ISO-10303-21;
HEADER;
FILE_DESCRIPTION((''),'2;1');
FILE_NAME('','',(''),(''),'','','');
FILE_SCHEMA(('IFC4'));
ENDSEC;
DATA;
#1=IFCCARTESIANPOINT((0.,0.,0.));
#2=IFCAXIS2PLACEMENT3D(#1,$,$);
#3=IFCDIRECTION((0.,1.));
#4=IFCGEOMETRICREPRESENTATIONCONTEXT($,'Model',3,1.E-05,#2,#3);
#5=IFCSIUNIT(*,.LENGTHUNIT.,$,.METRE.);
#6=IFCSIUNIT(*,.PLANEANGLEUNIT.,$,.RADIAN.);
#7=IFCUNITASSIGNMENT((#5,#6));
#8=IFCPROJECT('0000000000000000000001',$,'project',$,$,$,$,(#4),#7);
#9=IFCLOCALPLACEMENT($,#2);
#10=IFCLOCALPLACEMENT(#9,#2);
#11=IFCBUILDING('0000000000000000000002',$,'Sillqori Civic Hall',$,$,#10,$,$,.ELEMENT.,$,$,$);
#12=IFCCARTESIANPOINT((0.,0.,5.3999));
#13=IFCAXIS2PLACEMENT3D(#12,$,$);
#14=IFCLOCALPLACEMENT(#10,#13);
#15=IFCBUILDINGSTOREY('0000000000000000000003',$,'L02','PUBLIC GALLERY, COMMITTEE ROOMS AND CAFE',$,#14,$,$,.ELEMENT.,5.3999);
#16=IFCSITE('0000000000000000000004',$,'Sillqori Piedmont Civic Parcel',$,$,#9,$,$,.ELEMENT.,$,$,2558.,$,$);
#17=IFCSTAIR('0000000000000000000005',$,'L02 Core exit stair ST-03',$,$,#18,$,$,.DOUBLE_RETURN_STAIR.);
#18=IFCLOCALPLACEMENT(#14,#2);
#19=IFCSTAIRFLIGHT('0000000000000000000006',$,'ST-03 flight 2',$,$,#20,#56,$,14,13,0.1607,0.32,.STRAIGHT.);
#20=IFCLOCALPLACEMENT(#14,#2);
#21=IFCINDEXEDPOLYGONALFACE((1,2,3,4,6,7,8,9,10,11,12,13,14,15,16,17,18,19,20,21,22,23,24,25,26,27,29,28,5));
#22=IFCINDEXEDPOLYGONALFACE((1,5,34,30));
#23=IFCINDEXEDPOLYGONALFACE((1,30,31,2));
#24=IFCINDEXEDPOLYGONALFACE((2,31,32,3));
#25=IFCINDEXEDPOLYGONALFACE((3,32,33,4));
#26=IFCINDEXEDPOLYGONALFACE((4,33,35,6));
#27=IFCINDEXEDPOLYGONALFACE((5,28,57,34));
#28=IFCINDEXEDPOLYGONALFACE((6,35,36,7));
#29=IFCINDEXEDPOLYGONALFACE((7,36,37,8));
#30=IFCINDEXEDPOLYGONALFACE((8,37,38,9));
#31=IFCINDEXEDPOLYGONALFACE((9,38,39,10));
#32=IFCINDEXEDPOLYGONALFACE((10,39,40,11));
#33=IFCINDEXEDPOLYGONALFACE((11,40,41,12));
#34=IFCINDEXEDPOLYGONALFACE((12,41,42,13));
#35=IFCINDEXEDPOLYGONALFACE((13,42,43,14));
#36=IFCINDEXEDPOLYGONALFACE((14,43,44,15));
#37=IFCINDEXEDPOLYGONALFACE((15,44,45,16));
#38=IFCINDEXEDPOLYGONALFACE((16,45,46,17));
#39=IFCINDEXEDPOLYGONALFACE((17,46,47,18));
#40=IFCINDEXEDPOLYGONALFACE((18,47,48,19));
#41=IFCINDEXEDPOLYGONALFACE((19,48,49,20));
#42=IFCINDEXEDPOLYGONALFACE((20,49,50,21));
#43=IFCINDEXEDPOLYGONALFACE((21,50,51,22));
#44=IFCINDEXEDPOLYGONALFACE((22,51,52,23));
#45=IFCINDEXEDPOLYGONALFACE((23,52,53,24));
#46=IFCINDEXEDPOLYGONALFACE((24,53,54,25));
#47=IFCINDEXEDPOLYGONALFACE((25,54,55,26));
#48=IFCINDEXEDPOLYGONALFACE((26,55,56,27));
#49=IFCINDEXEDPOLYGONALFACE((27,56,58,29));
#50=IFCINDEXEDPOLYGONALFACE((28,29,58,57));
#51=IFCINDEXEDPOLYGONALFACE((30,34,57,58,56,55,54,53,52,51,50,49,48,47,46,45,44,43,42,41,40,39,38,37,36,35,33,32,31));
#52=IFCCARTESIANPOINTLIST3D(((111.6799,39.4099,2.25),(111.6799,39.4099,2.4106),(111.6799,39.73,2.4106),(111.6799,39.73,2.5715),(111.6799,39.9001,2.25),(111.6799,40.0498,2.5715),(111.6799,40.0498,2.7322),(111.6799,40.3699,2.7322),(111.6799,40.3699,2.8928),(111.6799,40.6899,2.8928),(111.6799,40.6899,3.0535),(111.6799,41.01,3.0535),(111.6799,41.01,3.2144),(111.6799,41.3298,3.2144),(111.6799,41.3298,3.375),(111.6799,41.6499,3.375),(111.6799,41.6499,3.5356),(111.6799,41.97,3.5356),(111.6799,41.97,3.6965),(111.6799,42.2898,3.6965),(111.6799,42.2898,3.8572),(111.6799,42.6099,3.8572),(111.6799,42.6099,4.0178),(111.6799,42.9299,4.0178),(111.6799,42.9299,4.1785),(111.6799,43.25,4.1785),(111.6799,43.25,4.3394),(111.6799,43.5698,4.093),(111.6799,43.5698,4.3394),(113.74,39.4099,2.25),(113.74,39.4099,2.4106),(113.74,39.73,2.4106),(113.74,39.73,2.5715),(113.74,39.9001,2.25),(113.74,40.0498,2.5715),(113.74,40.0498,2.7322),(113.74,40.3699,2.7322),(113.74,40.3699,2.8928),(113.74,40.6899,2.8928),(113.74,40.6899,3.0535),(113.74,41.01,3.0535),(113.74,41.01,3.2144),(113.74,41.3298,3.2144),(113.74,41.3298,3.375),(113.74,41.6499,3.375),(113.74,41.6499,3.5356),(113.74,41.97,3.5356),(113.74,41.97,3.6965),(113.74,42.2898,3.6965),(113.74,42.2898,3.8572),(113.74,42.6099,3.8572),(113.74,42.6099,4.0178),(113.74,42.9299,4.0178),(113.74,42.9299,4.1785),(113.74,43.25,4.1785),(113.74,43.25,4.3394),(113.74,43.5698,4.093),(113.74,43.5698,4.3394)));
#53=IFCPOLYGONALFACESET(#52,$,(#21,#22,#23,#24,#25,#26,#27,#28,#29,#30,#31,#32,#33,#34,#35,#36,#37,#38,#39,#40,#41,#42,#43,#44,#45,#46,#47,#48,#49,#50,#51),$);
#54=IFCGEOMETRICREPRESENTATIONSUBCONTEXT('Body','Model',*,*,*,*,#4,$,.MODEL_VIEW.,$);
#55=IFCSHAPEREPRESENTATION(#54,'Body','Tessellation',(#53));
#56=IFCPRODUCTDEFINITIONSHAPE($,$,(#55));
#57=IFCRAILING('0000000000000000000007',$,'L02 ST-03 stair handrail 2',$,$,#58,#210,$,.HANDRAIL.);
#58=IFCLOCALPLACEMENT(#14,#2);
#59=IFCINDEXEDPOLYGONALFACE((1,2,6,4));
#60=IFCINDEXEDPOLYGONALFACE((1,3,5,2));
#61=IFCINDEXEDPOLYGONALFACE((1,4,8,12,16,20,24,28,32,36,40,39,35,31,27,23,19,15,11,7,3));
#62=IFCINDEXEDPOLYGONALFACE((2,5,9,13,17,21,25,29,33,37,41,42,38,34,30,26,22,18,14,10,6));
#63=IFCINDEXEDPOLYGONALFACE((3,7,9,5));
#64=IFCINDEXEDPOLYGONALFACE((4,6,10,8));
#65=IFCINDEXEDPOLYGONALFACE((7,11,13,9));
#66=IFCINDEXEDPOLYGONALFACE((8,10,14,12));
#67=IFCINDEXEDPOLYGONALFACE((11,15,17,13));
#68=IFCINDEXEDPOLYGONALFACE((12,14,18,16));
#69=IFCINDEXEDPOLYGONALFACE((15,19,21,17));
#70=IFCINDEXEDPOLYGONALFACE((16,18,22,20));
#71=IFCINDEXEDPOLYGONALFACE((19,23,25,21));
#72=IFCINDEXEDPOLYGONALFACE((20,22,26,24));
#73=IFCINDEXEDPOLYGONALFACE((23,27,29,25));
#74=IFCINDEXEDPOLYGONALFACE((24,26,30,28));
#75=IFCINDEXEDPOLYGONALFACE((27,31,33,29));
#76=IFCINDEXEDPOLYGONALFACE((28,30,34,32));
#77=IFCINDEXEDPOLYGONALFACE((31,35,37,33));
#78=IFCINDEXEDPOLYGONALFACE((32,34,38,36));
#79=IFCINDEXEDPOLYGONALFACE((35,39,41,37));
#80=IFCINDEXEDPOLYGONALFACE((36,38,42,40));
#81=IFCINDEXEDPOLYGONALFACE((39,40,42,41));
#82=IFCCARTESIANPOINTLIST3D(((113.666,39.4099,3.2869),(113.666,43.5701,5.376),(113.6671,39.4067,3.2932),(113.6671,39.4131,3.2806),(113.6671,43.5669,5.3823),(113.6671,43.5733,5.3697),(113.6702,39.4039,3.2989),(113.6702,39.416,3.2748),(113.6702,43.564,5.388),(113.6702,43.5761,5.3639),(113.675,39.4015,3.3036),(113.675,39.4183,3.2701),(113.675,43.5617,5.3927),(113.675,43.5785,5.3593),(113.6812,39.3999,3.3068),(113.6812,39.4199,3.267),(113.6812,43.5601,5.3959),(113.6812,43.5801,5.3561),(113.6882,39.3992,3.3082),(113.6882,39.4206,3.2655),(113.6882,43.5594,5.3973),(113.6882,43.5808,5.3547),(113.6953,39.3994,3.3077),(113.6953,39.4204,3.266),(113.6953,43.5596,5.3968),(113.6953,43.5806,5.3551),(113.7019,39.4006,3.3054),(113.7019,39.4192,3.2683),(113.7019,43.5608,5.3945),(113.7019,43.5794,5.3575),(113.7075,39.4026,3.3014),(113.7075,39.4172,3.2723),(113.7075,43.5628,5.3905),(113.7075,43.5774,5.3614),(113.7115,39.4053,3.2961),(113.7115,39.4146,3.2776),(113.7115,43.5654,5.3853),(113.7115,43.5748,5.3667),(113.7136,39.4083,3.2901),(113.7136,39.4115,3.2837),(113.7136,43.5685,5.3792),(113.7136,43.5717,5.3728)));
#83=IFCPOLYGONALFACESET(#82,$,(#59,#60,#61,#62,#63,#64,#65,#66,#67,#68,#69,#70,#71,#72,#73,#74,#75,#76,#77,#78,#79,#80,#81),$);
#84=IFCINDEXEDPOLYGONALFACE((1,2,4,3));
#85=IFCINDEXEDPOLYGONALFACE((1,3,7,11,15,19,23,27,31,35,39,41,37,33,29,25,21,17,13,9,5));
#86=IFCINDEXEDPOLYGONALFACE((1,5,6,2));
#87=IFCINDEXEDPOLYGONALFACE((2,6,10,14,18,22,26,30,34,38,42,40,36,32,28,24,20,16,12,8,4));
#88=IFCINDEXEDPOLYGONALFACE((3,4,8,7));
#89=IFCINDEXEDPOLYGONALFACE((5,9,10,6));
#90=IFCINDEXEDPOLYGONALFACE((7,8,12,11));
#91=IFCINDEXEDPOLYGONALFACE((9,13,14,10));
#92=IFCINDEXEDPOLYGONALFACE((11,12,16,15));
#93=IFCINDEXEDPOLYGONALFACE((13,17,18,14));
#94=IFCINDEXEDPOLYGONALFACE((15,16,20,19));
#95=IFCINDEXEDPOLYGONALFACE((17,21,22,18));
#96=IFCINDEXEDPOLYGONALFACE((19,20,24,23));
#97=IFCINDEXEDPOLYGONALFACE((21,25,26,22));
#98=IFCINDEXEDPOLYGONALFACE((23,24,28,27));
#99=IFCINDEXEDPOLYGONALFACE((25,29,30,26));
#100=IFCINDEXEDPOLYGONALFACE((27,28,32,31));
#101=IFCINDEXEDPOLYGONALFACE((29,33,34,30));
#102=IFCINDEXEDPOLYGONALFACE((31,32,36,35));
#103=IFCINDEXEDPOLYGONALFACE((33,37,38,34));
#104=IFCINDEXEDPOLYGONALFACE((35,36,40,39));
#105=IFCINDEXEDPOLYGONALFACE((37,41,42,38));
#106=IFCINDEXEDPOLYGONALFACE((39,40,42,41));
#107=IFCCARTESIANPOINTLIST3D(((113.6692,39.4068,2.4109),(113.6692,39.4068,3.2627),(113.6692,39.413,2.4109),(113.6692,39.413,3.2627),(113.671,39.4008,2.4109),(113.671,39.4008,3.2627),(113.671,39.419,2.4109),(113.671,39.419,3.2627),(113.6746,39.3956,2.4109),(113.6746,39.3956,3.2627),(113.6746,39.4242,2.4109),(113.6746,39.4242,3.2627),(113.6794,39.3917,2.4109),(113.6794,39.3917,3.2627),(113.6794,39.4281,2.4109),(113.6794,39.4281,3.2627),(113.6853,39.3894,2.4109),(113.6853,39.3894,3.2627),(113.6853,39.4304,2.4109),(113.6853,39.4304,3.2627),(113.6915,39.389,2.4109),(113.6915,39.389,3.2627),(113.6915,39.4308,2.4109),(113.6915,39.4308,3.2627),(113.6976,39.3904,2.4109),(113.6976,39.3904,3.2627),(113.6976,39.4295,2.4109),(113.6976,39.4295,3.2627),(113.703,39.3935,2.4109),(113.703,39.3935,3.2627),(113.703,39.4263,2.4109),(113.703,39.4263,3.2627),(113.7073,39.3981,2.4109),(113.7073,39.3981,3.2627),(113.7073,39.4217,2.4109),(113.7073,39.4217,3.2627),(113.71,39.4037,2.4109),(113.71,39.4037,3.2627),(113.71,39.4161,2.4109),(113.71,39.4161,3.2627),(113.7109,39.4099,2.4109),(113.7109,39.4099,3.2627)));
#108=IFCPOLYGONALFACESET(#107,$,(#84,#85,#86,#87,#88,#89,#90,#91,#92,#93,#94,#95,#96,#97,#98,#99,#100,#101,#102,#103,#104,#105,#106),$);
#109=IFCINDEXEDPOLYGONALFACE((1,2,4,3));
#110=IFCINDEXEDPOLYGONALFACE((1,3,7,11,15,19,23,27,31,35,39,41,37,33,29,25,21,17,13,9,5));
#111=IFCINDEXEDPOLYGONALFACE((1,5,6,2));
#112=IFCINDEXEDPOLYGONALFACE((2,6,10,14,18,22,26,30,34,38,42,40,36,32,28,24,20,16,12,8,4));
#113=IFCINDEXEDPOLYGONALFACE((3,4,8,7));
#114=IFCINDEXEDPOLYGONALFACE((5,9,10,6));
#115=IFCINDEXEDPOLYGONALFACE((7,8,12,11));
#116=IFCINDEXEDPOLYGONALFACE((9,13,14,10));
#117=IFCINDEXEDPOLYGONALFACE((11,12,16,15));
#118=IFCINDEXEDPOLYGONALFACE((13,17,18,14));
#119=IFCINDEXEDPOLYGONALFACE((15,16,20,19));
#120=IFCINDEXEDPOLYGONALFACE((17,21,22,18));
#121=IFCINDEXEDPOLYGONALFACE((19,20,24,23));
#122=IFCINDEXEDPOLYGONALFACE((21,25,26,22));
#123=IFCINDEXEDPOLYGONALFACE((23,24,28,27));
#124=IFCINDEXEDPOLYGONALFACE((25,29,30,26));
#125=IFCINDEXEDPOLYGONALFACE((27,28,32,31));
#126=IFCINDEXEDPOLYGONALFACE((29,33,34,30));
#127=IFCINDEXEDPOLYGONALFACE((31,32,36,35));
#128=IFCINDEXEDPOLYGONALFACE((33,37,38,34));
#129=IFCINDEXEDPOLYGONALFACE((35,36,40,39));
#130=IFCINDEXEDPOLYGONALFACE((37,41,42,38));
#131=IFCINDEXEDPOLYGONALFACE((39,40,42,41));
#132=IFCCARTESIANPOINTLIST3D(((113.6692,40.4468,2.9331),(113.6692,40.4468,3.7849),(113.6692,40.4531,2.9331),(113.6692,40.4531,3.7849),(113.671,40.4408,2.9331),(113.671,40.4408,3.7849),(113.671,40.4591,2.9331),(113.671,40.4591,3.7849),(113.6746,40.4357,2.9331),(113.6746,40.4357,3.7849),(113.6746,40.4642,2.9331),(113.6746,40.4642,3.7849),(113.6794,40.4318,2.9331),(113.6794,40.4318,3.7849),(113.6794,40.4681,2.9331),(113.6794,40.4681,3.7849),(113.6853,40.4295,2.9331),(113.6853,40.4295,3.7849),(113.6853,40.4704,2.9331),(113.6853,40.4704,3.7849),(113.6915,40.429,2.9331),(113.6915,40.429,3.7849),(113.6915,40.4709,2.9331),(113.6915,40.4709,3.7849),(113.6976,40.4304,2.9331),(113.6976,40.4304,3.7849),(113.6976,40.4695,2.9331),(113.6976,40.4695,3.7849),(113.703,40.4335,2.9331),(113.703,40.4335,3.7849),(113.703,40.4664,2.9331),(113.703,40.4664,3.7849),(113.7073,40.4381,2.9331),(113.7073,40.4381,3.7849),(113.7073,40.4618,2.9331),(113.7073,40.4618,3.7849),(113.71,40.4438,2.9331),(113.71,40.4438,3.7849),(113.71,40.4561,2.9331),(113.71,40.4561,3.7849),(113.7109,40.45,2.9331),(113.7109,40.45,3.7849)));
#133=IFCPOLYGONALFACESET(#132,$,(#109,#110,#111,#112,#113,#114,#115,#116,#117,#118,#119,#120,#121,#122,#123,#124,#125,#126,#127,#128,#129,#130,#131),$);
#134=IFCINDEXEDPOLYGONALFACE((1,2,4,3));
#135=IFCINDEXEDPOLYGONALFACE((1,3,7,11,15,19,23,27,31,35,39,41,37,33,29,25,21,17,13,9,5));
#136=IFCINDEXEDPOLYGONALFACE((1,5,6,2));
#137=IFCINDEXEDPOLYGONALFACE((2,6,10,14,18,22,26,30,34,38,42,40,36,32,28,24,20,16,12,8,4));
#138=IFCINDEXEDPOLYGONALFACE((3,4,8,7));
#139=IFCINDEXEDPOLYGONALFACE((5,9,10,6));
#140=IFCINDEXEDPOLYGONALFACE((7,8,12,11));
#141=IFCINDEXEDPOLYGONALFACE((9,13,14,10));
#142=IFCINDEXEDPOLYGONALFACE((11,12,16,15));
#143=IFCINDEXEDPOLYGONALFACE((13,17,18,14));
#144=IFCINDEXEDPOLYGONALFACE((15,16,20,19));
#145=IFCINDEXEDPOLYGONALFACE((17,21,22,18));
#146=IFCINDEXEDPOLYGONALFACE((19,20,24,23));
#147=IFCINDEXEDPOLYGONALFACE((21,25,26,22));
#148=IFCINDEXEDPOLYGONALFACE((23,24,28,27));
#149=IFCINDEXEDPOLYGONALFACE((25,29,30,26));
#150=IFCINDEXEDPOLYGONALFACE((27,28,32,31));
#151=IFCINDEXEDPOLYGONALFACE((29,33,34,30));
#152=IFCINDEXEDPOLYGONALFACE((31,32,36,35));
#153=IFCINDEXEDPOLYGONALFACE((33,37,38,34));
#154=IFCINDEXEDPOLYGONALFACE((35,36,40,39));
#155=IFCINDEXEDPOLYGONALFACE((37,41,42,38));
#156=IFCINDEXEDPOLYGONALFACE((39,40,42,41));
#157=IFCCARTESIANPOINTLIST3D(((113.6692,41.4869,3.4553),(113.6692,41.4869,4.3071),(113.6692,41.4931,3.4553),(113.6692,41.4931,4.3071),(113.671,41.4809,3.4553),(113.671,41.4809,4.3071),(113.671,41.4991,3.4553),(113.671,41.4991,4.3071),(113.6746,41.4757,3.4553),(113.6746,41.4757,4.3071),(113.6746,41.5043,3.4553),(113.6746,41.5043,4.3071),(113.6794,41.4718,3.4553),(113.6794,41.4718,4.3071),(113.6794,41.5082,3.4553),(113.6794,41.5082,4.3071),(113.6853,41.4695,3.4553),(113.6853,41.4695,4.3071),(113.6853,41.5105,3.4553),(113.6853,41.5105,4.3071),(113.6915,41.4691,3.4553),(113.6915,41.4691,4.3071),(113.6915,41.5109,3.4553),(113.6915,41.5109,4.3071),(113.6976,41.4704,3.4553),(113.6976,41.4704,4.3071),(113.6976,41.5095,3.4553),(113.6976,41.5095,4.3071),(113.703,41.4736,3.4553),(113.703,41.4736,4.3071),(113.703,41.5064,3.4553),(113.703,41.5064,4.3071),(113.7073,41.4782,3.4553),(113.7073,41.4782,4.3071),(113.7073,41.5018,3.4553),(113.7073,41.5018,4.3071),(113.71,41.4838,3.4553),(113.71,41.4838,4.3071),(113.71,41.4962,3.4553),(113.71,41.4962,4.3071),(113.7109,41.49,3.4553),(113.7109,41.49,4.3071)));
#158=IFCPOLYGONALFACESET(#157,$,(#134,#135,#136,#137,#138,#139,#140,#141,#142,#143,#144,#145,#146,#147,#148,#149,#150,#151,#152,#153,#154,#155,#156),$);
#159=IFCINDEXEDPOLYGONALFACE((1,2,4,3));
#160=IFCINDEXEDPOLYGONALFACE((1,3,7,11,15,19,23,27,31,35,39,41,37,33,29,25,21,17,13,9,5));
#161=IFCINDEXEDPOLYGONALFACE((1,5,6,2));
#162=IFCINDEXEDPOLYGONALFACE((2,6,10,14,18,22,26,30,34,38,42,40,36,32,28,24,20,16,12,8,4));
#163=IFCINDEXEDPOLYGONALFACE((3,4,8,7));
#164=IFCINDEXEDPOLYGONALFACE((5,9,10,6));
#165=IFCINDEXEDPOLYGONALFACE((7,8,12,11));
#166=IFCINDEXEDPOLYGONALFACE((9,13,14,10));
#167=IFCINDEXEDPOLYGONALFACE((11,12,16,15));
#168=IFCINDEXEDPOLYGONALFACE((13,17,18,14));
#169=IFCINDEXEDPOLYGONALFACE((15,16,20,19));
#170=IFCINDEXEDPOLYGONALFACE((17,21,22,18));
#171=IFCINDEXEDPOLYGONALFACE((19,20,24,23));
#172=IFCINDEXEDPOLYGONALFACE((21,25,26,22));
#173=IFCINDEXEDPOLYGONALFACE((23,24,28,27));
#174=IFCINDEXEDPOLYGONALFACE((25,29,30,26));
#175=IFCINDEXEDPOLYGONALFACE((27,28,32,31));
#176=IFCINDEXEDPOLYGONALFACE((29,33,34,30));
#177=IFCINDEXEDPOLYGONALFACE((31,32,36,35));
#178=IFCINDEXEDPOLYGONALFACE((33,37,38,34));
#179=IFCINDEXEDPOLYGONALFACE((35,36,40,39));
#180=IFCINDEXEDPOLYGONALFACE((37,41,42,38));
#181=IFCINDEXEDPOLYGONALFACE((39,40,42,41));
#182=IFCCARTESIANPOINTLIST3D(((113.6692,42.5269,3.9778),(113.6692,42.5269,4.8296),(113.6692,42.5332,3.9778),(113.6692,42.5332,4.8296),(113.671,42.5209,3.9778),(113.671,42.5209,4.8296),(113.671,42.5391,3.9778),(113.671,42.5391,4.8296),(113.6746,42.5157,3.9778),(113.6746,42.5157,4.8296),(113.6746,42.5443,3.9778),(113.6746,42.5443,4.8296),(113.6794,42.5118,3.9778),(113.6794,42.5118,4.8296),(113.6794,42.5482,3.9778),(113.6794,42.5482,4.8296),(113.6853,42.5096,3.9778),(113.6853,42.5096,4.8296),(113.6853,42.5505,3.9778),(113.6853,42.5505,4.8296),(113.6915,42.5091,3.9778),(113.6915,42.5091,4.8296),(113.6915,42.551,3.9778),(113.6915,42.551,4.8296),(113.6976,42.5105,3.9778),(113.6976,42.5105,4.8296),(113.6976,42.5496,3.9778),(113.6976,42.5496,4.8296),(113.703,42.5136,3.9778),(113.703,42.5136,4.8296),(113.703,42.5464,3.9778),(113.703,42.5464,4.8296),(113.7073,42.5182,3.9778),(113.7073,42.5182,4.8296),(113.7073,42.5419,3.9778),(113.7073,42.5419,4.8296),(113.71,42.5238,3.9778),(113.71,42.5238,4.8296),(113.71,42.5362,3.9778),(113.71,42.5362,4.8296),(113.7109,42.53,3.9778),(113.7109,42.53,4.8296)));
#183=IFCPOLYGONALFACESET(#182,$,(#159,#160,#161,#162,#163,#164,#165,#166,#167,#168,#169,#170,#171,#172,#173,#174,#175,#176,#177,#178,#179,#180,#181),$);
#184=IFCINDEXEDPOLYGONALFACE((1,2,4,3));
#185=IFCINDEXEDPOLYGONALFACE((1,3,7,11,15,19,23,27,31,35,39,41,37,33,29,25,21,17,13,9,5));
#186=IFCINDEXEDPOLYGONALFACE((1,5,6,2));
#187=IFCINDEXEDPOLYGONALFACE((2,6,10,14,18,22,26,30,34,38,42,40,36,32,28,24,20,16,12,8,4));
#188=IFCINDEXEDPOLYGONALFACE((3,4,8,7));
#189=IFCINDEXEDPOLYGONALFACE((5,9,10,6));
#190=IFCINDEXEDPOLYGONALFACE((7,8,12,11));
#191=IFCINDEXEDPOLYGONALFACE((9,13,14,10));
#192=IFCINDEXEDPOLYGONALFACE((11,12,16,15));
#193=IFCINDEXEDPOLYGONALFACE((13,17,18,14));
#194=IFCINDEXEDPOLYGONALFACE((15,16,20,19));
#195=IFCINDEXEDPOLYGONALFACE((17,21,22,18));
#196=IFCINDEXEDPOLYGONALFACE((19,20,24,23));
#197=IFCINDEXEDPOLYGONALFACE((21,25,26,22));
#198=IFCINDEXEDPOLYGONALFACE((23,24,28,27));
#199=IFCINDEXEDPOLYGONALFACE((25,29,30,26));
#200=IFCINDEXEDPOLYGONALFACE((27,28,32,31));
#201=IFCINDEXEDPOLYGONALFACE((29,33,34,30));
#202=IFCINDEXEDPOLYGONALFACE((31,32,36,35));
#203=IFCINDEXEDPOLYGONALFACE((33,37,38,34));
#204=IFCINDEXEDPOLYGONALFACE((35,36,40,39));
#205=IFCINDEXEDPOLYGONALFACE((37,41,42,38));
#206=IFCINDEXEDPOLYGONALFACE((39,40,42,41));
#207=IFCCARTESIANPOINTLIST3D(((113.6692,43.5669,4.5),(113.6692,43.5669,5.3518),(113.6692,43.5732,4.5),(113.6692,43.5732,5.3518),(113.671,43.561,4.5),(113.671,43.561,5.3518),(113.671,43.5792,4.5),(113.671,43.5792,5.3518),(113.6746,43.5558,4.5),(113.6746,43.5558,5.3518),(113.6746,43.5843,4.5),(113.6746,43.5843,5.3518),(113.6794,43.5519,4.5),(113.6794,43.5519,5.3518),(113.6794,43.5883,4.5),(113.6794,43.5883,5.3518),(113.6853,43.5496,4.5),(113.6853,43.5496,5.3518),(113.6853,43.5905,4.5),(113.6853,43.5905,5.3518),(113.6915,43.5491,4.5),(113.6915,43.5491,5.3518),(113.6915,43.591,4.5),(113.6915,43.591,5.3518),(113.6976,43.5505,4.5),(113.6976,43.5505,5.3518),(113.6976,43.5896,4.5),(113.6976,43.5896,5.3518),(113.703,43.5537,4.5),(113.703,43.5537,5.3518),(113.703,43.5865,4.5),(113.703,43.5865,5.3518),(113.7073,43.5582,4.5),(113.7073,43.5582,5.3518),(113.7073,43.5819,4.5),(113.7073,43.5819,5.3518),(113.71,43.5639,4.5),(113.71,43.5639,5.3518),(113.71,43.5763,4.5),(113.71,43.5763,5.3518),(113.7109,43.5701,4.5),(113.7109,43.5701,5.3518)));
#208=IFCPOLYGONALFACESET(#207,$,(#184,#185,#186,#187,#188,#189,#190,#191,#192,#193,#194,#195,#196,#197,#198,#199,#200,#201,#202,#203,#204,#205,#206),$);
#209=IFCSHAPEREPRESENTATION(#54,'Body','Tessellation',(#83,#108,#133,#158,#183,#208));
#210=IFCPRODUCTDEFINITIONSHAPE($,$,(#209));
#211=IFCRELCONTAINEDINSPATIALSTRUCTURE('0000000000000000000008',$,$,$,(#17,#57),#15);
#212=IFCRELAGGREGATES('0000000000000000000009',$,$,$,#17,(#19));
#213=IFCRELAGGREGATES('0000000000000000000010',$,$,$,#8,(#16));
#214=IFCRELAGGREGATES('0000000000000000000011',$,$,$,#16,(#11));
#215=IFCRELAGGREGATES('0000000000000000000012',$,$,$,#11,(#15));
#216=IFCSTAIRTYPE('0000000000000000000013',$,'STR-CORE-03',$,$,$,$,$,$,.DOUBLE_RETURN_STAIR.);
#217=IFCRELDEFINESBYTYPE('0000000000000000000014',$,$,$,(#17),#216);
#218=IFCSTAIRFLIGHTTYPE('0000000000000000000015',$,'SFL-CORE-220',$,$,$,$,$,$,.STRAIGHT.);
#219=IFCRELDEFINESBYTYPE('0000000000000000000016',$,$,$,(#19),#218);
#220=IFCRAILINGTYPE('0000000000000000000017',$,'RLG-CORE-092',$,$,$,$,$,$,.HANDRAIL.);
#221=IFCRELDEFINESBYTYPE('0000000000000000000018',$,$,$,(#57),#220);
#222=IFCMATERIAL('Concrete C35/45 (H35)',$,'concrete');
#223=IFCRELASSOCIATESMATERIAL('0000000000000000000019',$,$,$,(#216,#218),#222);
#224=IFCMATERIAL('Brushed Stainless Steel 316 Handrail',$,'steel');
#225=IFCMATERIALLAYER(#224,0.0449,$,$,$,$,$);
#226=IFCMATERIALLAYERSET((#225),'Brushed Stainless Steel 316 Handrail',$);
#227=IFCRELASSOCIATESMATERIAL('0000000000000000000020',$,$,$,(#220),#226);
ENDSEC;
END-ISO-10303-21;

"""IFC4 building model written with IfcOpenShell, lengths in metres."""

from ifc_helpers import new_model, si_unit, direction, frame, origin, origin_2d, place, context, subcontext, project, spatial, polyline, circle, outline, extrude, material, layer, layer_set, type_object, element, aggregate, save


model = new_model("IFC4")

# Units and contexts
model_context = context("Model", 3, precision=1e-05, world=origin(), true_north=direction((0.0, 1.0)))
body_context = subcontext(model_context, "Body", "Model", "MODEL_VIEW")
ifc_project = project(units=[si_unit("LENGTHUNIT", "METRE"), si_unit("PLANEANGLEUNIT", "RADIAN")], contexts=[model_context])

# Site, building, storey
site_placement = place(None, origin())
site = spatial("IfcSite", under=ifc_project, at=site_placement, Name="Sillqori Piedmont Civic Parcel", CompositionType="ELEMENT", RefElevation=2558.0)
building_placement = place(site_placement, origin())
building = spatial("IfcBuilding", under=site, at=building_placement, Name="Sillqori Civic Hall", CompositionType="ELEMENT")
storey_placement = place(building_placement, frame((0.0, 0.0, 5.3999)))
storey = spatial("IfcBuildingStorey", under=building, at=storey_placement, Name="L02", Description="PUBLIC GALLERY, COMMITTEE ROOMS AND CAFE", CompositionType="ELEMENT", Elevation=5.3999)

# Shared definitions
ifc_material_1 = material(Name="Concrete C35/45 (H35)", Category="concrete")

# Stair, stair flight
stair_type = type_object("IfcStairType", Name="STR-CORE-03", PredefinedType="DOUBLE_RETURN_STAIR", material=ifc_material_1)
stair_placement = place(storey_placement, origin())
stair = element("IfcStair", 1, at=stair_placement, inside=storey, type_object=stair_type, Name="L02 Core exit stair ST-03", PredefinedType="DOUBLE_RETURN_STAIR")
stair_flight_type = type_object("IfcStairFlightType", Name="SFL-CORE-220", PredefinedType="STRAIGHT", material=ifc_material_1)
stair_flight_placement = place(storey_placement, frame((112.71, 39.4099, 2.25), z_axis=(0.0, 0.0, 1.0), x_axis=(0.0, 1.0, 0.0)))
stair_flight = element("IfcStairFlight", 2, at=stair_flight_placement, type_object=stair_flight_type, Name="ST-03 flight 2", NumberOfRisers=14, NumberOfTreads=13, PredefinedType="STRAIGHT", RiserHeight=0.1607, TreadLength=0.32, context=body_context, shape_type="SweptSolid", body=[
    extrude(outline(polyline([(0.0, 0.0), (0.0, 0.1606), (0.3201, 0.1606), (0.3201, 0.3215), (0.6399, 0.3215), (0.6399, 0.4822), (0.96, 0.4822), (0.96, 0.6428), (1.28, 0.6428), (1.28, 0.8035), (1.6001, 0.8035), (1.6001, 0.9644), (1.9199, 0.9644), (1.9199, 1.125), (2.24, 1.125), (2.24, 1.2856), (2.5601, 1.2856), (2.5601, 1.4465), (2.8799, 1.4465), (2.8799, 1.6072), (3.2, 1.6072), (3.2, 1.7678), (3.52, 1.7678), (3.52, 1.9285), (3.8401, 1.9285), (3.8401, 2.0894), (4.1599, 2.0894), (4.1599, 2.25), (4.1599, 1.843), (0.4902, 0.0), (0.0, 0.0)])), frame((0.0, 1.03, 0.0), z_axis=(0.0, -1.0, 0.0), x_axis=(1.0, 0.0, 0.0)), (0.0, 0.0, 1.0), 2.0601),
])
aggregate(stair, [stair_flight])

# Railing
ifc_material_2 = material(Name="Brushed Stainless Steel 316 Handrail", Category="steel")
ifc_layer_1 = layer(ifc_material_2, 0.0449)
ifc_layer_set_1 = layer_set([ifc_layer_1], Name="Brushed Stainless Steel 316 Handrail")
railing_type_1 = type_object("IfcRailingType", Name="RLG-CORE-092", PredefinedType="HANDRAIL", material=ifc_layer_set_1)
railing_1_placement = place(storey_placement, frame((113.6899, 39.4099, 2.4109)))
element("IfcRailing", 3, at=railing_1_placement, inside=storey, type_object=railing_type_1, Name="L02 ST-03 stair handrail 2", PredefinedType="HANDRAIL", context=body_context, shape_type="SweptSolid", body=[
    extrude(circle(Radius=0.0239, at=origin_2d()), frame((0.0, 0.0, 0.876), z_axis=(0.0, 0.89365, 0.448765), x_axis=(-1.0, 0.0, 0.0)), (0.0, 0.0, 1.0), 4.6553),
    extrude(circle(Radius=0.021, at=origin_2d()), origin(), (0.0, 0.0, 1.0), 0.8518),
    extrude(circle(Radius=0.021, at=origin_2d()), frame((0.0, 1.04, 0.5222)), (0.0, 0.0, 1.0), 0.8518),
    extrude(circle(Radius=0.021, at=origin_2d()), frame((0.0, 2.0801, 1.0444)), (0.0, 0.0, 1.0), 0.8518),
    extrude(circle(Radius=0.021, at=origin_2d()), frame((0.0, 3.1201, 1.5669)), (0.0, 0.0, 1.0), 0.8518),
    extrude(circle(Radius=0.021, at=origin_2d()), frame((0.0, 4.1602, 2.0891)), (0.0, 0.0, 1.0), 0.8518),
])

save(model, "model.ifc")
